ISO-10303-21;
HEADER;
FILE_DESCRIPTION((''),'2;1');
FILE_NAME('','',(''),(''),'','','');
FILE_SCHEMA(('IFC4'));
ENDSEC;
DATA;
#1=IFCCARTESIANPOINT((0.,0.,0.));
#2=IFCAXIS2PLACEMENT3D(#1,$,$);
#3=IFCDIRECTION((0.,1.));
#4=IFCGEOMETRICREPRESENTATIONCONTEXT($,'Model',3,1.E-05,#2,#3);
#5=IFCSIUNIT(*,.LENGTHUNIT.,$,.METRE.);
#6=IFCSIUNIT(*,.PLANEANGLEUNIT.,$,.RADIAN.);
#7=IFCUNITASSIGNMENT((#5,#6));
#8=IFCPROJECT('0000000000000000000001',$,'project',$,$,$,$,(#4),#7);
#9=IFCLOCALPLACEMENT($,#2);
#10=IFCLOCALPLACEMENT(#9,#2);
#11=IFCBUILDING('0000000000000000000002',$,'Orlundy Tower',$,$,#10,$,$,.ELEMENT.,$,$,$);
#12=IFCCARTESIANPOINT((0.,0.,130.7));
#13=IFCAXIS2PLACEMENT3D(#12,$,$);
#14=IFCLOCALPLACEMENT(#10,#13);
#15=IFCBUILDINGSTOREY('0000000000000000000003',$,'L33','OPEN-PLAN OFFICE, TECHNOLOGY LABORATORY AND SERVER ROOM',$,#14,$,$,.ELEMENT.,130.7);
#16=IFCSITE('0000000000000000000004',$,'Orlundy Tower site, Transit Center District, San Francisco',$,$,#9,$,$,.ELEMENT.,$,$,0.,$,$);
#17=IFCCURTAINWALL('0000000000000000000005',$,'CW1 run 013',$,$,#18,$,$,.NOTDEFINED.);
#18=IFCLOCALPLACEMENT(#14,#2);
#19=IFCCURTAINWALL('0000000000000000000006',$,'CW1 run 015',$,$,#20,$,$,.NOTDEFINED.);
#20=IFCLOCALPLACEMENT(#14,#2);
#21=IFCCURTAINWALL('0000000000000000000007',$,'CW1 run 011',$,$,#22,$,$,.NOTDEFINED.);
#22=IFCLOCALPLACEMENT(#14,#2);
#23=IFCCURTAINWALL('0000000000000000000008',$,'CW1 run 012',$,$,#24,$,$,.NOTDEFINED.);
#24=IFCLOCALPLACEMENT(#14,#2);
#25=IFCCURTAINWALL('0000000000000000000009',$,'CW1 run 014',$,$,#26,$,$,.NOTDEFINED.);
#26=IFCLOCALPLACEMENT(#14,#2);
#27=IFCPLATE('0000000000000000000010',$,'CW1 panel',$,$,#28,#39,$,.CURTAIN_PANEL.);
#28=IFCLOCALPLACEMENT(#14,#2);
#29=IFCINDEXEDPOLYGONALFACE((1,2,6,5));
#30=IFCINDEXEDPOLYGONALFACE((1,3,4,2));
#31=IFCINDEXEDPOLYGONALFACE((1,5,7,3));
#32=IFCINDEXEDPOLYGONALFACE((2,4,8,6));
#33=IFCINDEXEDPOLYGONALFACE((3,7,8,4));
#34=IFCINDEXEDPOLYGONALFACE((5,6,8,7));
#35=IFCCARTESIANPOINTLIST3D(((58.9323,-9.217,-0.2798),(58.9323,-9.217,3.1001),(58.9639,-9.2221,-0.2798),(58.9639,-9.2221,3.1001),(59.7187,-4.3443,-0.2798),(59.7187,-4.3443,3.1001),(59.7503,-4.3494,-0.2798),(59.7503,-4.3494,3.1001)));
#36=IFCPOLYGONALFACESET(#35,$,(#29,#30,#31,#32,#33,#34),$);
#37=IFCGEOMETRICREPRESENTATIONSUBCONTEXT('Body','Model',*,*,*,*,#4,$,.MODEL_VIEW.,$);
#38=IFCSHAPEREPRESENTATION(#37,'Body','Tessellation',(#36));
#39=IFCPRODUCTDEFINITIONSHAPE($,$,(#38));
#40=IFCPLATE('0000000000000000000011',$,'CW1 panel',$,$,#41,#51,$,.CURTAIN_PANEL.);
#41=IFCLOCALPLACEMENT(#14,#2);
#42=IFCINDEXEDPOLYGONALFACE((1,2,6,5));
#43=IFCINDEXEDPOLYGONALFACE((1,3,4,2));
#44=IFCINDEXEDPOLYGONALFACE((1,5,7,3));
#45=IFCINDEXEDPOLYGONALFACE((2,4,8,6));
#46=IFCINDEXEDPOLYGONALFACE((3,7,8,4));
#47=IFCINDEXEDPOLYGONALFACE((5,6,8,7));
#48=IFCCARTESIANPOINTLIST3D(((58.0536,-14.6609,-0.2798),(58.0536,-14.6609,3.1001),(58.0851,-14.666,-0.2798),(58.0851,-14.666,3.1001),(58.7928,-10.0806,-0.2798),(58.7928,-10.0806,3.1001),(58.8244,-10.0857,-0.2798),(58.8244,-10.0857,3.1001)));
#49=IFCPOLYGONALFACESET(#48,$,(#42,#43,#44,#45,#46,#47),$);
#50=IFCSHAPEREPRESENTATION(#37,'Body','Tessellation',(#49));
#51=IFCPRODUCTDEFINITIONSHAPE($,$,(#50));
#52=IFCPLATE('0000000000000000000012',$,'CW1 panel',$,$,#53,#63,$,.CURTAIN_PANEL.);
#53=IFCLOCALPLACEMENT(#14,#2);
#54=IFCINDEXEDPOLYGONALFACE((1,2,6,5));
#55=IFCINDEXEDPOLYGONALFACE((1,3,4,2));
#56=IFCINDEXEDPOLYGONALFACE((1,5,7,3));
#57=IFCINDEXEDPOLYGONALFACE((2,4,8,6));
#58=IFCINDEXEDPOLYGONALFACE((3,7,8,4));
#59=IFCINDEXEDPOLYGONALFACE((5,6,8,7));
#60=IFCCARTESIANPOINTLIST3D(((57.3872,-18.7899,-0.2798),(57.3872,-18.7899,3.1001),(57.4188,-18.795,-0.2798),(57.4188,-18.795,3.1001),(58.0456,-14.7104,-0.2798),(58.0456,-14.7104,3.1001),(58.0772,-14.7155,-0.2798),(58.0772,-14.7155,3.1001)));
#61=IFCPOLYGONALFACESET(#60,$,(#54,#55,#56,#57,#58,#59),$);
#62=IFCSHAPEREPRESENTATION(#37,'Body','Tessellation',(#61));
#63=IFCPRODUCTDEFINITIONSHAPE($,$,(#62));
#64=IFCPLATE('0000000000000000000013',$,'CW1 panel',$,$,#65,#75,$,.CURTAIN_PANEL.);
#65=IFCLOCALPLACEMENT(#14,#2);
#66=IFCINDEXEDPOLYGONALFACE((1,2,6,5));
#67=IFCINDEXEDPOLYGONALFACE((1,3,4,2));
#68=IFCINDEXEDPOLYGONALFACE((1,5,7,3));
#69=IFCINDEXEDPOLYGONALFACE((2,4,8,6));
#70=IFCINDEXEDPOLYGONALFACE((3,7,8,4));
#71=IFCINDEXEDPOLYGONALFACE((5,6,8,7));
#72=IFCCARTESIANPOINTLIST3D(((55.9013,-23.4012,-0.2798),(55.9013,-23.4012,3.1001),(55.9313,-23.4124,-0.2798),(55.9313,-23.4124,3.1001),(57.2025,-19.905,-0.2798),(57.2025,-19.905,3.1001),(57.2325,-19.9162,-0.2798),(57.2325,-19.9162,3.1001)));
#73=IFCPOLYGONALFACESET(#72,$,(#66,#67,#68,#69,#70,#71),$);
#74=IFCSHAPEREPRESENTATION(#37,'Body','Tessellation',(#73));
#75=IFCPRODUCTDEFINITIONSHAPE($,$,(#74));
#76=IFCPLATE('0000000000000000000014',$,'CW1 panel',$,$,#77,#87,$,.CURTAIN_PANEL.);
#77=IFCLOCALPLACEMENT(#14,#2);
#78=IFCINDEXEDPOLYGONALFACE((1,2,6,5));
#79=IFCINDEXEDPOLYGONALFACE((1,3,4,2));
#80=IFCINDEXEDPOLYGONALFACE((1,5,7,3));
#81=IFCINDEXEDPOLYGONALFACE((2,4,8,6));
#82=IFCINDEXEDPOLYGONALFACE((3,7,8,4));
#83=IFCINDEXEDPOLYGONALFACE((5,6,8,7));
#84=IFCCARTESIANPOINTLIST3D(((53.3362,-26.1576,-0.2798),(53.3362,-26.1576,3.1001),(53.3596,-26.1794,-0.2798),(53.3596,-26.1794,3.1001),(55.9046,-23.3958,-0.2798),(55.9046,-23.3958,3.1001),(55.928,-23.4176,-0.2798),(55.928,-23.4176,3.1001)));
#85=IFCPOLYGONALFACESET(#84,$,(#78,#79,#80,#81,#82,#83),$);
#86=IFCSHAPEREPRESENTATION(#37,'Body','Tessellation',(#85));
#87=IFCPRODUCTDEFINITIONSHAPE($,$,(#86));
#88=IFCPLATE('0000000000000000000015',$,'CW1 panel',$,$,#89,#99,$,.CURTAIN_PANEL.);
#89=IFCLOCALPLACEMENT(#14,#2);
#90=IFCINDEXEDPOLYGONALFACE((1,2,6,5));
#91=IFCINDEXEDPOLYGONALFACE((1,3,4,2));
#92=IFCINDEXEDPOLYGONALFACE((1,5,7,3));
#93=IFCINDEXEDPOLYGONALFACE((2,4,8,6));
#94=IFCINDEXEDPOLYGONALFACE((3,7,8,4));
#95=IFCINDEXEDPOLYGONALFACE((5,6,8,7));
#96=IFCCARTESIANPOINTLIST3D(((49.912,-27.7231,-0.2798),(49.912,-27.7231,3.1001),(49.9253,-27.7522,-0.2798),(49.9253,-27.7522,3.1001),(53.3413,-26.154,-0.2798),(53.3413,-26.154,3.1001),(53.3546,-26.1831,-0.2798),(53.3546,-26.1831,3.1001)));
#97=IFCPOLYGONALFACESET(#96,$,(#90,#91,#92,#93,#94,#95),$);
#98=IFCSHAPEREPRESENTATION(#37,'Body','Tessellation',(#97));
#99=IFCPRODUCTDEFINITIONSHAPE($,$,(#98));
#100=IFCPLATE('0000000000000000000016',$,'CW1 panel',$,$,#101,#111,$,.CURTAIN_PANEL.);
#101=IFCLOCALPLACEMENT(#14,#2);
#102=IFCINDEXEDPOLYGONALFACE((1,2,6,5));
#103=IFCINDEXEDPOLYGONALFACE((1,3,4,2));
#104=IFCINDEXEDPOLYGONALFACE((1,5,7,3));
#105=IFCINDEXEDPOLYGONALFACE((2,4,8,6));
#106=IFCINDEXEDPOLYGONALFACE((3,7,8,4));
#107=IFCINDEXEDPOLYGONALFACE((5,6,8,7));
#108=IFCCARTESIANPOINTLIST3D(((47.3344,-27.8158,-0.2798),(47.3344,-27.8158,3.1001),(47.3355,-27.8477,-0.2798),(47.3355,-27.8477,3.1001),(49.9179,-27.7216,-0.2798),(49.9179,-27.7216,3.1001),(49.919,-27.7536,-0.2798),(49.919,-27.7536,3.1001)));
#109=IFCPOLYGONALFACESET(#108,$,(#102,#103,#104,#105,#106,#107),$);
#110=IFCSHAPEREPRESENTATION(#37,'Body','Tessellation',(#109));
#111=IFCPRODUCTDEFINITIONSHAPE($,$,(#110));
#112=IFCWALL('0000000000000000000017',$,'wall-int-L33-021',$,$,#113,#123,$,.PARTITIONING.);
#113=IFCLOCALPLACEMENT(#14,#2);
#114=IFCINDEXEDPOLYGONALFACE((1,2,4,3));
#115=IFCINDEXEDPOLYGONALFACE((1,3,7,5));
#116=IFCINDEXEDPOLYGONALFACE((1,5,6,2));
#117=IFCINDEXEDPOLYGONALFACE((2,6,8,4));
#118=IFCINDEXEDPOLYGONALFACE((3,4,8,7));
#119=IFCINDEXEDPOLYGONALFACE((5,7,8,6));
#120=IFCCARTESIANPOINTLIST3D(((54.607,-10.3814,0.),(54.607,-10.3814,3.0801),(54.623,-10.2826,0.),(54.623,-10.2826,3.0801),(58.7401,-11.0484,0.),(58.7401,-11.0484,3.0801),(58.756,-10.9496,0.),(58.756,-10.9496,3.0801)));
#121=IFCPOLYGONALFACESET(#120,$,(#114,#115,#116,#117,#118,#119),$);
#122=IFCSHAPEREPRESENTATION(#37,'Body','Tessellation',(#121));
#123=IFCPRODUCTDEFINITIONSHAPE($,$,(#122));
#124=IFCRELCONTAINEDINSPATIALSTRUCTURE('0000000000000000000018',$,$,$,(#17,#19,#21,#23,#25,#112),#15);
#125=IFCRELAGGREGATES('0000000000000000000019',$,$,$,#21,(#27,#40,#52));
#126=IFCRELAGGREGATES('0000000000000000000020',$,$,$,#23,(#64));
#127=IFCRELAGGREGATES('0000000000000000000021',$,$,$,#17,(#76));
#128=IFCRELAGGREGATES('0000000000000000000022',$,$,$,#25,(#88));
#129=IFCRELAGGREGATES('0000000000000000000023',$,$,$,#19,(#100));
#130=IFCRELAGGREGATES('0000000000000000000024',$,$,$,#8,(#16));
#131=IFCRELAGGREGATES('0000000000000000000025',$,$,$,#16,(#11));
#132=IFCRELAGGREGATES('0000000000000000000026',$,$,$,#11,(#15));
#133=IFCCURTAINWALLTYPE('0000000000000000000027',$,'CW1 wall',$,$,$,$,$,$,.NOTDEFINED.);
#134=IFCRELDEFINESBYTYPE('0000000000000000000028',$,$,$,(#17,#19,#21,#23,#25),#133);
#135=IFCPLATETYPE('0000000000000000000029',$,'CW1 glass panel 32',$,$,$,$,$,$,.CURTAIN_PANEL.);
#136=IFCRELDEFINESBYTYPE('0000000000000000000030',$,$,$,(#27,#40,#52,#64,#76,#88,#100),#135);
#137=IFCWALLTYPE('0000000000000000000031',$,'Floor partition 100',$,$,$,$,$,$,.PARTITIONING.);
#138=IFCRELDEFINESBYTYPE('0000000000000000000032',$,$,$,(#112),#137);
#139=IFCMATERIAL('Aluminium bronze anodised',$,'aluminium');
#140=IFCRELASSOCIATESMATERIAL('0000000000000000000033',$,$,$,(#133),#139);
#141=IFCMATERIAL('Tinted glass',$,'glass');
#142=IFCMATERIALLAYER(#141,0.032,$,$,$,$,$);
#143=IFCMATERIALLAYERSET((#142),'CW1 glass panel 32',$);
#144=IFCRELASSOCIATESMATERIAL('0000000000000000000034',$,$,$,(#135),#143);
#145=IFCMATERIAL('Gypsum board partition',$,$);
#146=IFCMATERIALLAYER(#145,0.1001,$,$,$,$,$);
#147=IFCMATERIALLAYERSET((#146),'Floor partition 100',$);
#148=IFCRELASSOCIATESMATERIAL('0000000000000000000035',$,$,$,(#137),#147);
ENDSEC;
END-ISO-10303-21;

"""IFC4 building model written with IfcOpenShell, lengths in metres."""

from ifc_helpers import new_model, si_unit, direction, frame, frame_2d, origin, origin_2d, place, context, subcontext, project, spatial, rectangle, extrude, material, layer, layer_set, type_object, element, aggregate, save


model = new_model("IFC4")

# Units and contexts
model_context = context("Model", 3, precision=1e-05, world=origin(), true_north=direction((0.0, 1.0)))
body_context = subcontext(model_context, "Body", "Model", "MODEL_VIEW")
ifc_project = project(units=[si_unit("LENGTHUNIT", "METRE"), si_unit("PLANEANGLEUNIT", "RADIAN")], contexts=[model_context])

# Site, building, storey
site_placement = place(None, origin())
site = spatial("IfcSite", under=ifc_project, at=site_placement, Name="Orlundy Tower site, Transit Center District, San Francisco", CompositionType="ELEMENT", RefElevation=0.0)
building_placement = place(site_placement, origin())
building = spatial("IfcBuilding", under=site, at=building_placement, Name="Orlundy Tower", CompositionType="ELEMENT")
storey_placement = place(building_placement, frame((0.0, 0.0, 130.7)))
storey = spatial("IfcBuildingStorey", under=building, at=storey_placement, Name="L33", Description="OPEN-PLAN OFFICE, TECHNOLOGY LABORATORY AND SERVER ROOM", CompositionType="ELEMENT", Elevation=130.7)

# Curtain walls
ifc_material_1 = material(Name="Aluminium bronze anodised", Category="aluminium")
curtain_wall_type = type_object("IfcCurtainWallType", Name="CW1 wall", PredefinedType="NOTDEFINED", material=ifc_material_1)
curtain_wall_1_placement = place(storey_placement, origin())
curtain_wall_1 = element("IfcCurtainWall", 1, at=curtain_wall_1_placement, inside=storey, type_object=curtain_wall_type, Name="CW1 run 013", PredefinedType="NOTDEFINED")
curtain_wall_2_placement = place(storey_placement, origin())
curtain_wall_2 = element("IfcCurtainWall", 2, at=curtain_wall_2_placement, inside=storey, type_object=curtain_wall_type, Name="CW1 run 015", PredefinedType="NOTDEFINED")
curtain_wall_3_placement = place(storey_placement, origin())
curtain_wall_3 = element("IfcCurtainWall", 3, at=curtain_wall_3_placement, inside=storey, type_object=curtain_wall_type, Name="CW1 run 011", PredefinedType="NOTDEFINED")
curtain_wall_4_placement = place(storey_placement, origin())
curtain_wall_4 = element("IfcCurtainWall", 4, at=curtain_wall_4_placement, inside=storey, type_object=curtain_wall_type, Name="CW1 run 012", PredefinedType="NOTDEFINED")

# Curtain wall
curtain_wall_5_placement = place(storey_placement, origin())
curtain_wall_5 = element("IfcCurtainWall", 5, at=curtain_wall_5_placement, inside=storey, type_object=curtain_wall_type, Name="CW1 run 014", PredefinedType="NOTDEFINED")

# Plates
ifc_material_2 = material(Name="Tinted glass", Category="glass")
ifc_layer_1 = layer(ifc_material_2, 0.032)
ifc_layer_set_1 = layer_set([ifc_layer_1], Name="CW1 glass panel 32")
plate_type = type_object("IfcPlateType", Name="CW1 glass panel 32", PredefinedType="CURTAIN_PANEL", material=ifc_layer_set_1)
plate_1_placement = place(storey_placement, frame((59.3413, -6.7832, -0.2798), z_axis=(0.0, 0.0, 1.0), x_axis=(-0.159331, -0.987225, 0.0)))
plate_1 = element("IfcPlate", 6, at=plate_1_placement, type_object=plate_type, Name="CW1 panel", PredefinedType="CURTAIN_PANEL", context=body_context, shape_type="SweptSolid", body=[
    extrude(rectangle(XDim=4.9358, YDim=0.032, at=origin_2d()), origin(), (0.0, 0.0, 1.0), 3.3799),
])
plate_2_placement = place(storey_placement, frame((58.439, -12.3733, -0.2798), z_axis=(0.0, 0.0, 1.0), x_axis=(-0.159331, -0.987225, 0.0)))
plate_2 = element("IfcPlate", 7, at=plate_2_placement, type_object=plate_type, Name="CW1 panel", PredefinedType="CURTAIN_PANEL", context=body_context, shape_type="SweptSolid", body=[
    extrude(rectangle(XDim=4.6396, YDim=0.032, at=origin_2d()), origin(), (0.0, 0.0, 1.0), 3.3799),
])
plate_3_placement = place(storey_placement, frame((57.7322, -16.7527, -0.2798), z_axis=(0.0, 0.0, 1.0), x_axis=(-0.159331, -0.987225, 0.0)))
plate_3 = element("IfcPlate", 8, at=plate_3_placement, type_object=plate_type, Name="CW1 panel", PredefinedType="CURTAIN_PANEL", context=body_context, shape_type="SweptSolid", body=[
    extrude(rectangle(XDim=4.1323, YDim=0.032, at=origin_2d()), origin(), (0.0, 0.0, 1.0), 3.3799),
])
aggregate(curtain_wall_3, [plate_1, plate_2, plate_3])
plate_4_placement = place(storey_placement, frame((56.5669, -21.6587, -0.2798), z_axis=(0.0, 0.0, 1.0), x_axis=(-0.348816, -0.937191, 0.0)))
plate_4 = element("IfcPlate", 9, at=plate_4_placement, type_object=plate_type, Name="CW1 panel", PredefinedType="CURTAIN_PANEL", context=body_context, shape_type="SweptSolid", body=[
    extrude(rectangle(XDim=3.7305, YDim=0.032, at=origin_2d()), origin(), (0.0, 0.0, 1.0), 3.3799),
])
aggregate(curtain_wall_4, [plate_4])
plate_5_placement = place(storey_placement, frame((54.6321, -24.7876, -0.2798), z_axis=(0.0, 0.0, 1.0), x_axis=(-0.68101, -0.732274, 0.0)))
plate_5 = element("IfcPlate", 10, at=plate_5_placement, type_object=plate_type, Name="CW1 panel", PredefinedType="CURTAIN_PANEL", context=body_context, shape_type="SweptSolid", body=[
    extrude(rectangle(XDim=3.7715, YDim=0.032, at=origin_2d()), origin(), (0.0, 0.0, 1.0), 3.3799),
])
aggregate(curtain_wall_1, [plate_5])
plate_6_placement = place(storey_placement, frame((51.6333, -26.9531, -0.2798), z_axis=(0.0, 0.0, 1.0), x_axis=(-0.909329, -0.416079, 0.0)))
plate_6 = element("IfcPlate", 11, at=plate_6_placement, type_object=plate_type, Name="CW1 panel", PredefinedType="CURTAIN_PANEL", context=body_context, shape_type="SweptSolid", body=[
    extrude(rectangle(XDim=3.7712, YDim=0.032, at=origin_2d()), origin(), (0.0, 0.0, 1.0), 3.3799),
])
aggregate(curtain_wall_5, [plate_6])
plate_7_placement = place(storey_placement, frame((48.6267, -27.7847, -0.2798), z_axis=(0.0, 0.0, 1.0), x_axis=(-0.999337, -0.036413, 0.0)))
plate_7 = element("IfcPlate", 12, at=plate_7_placement, type_object=plate_type, Name="CW1 panel", PredefinedType="CURTAIN_PANEL", context=body_context, shape_type="SweptSolid", body=[
    extrude(rectangle(XDim=2.5852, YDim=0.032, at=origin_2d()), origin(), (0.0, 0.0, 1.0), 3.3799),
])
aggregate(curtain_wall_2, [plate_7])

# Wall
ifc_material_3 = material(Name="Gypsum board partition")
ifc_layer_2 = layer(ifc_material_3, 0.1001)
ifc_layer_set_2 = layer_set([ifc_layer_2], Name="Floor partition 100")
wall_type_1 = type_object("IfcWallType", Name="Floor partition 100", PredefinedType="PARTITIONING", material=ifc_layer_set_2)
wall_1_placement = place(storey_placement, frame((54.615, -10.332, 0.0), z_axis=(0.0, 0.0, 1.0), x_axis=(0.987227, -0.159319, 0.0)))
element("IfcWall", 13, at=wall_1_placement, inside=storey, type_object=wall_type_1, Name="wall-int-L33-021", PredefinedType="PARTITIONING", context=body_context, shape_type="SweptSolid", body=[
    extrude(rectangle(XDim=4.1865, YDim=0.1001, at=frame_2d((2.0933, 0.0))), origin(), (0.0, 0.0, 1.0), 3.0801),
])

save(model, "model.ifc")
